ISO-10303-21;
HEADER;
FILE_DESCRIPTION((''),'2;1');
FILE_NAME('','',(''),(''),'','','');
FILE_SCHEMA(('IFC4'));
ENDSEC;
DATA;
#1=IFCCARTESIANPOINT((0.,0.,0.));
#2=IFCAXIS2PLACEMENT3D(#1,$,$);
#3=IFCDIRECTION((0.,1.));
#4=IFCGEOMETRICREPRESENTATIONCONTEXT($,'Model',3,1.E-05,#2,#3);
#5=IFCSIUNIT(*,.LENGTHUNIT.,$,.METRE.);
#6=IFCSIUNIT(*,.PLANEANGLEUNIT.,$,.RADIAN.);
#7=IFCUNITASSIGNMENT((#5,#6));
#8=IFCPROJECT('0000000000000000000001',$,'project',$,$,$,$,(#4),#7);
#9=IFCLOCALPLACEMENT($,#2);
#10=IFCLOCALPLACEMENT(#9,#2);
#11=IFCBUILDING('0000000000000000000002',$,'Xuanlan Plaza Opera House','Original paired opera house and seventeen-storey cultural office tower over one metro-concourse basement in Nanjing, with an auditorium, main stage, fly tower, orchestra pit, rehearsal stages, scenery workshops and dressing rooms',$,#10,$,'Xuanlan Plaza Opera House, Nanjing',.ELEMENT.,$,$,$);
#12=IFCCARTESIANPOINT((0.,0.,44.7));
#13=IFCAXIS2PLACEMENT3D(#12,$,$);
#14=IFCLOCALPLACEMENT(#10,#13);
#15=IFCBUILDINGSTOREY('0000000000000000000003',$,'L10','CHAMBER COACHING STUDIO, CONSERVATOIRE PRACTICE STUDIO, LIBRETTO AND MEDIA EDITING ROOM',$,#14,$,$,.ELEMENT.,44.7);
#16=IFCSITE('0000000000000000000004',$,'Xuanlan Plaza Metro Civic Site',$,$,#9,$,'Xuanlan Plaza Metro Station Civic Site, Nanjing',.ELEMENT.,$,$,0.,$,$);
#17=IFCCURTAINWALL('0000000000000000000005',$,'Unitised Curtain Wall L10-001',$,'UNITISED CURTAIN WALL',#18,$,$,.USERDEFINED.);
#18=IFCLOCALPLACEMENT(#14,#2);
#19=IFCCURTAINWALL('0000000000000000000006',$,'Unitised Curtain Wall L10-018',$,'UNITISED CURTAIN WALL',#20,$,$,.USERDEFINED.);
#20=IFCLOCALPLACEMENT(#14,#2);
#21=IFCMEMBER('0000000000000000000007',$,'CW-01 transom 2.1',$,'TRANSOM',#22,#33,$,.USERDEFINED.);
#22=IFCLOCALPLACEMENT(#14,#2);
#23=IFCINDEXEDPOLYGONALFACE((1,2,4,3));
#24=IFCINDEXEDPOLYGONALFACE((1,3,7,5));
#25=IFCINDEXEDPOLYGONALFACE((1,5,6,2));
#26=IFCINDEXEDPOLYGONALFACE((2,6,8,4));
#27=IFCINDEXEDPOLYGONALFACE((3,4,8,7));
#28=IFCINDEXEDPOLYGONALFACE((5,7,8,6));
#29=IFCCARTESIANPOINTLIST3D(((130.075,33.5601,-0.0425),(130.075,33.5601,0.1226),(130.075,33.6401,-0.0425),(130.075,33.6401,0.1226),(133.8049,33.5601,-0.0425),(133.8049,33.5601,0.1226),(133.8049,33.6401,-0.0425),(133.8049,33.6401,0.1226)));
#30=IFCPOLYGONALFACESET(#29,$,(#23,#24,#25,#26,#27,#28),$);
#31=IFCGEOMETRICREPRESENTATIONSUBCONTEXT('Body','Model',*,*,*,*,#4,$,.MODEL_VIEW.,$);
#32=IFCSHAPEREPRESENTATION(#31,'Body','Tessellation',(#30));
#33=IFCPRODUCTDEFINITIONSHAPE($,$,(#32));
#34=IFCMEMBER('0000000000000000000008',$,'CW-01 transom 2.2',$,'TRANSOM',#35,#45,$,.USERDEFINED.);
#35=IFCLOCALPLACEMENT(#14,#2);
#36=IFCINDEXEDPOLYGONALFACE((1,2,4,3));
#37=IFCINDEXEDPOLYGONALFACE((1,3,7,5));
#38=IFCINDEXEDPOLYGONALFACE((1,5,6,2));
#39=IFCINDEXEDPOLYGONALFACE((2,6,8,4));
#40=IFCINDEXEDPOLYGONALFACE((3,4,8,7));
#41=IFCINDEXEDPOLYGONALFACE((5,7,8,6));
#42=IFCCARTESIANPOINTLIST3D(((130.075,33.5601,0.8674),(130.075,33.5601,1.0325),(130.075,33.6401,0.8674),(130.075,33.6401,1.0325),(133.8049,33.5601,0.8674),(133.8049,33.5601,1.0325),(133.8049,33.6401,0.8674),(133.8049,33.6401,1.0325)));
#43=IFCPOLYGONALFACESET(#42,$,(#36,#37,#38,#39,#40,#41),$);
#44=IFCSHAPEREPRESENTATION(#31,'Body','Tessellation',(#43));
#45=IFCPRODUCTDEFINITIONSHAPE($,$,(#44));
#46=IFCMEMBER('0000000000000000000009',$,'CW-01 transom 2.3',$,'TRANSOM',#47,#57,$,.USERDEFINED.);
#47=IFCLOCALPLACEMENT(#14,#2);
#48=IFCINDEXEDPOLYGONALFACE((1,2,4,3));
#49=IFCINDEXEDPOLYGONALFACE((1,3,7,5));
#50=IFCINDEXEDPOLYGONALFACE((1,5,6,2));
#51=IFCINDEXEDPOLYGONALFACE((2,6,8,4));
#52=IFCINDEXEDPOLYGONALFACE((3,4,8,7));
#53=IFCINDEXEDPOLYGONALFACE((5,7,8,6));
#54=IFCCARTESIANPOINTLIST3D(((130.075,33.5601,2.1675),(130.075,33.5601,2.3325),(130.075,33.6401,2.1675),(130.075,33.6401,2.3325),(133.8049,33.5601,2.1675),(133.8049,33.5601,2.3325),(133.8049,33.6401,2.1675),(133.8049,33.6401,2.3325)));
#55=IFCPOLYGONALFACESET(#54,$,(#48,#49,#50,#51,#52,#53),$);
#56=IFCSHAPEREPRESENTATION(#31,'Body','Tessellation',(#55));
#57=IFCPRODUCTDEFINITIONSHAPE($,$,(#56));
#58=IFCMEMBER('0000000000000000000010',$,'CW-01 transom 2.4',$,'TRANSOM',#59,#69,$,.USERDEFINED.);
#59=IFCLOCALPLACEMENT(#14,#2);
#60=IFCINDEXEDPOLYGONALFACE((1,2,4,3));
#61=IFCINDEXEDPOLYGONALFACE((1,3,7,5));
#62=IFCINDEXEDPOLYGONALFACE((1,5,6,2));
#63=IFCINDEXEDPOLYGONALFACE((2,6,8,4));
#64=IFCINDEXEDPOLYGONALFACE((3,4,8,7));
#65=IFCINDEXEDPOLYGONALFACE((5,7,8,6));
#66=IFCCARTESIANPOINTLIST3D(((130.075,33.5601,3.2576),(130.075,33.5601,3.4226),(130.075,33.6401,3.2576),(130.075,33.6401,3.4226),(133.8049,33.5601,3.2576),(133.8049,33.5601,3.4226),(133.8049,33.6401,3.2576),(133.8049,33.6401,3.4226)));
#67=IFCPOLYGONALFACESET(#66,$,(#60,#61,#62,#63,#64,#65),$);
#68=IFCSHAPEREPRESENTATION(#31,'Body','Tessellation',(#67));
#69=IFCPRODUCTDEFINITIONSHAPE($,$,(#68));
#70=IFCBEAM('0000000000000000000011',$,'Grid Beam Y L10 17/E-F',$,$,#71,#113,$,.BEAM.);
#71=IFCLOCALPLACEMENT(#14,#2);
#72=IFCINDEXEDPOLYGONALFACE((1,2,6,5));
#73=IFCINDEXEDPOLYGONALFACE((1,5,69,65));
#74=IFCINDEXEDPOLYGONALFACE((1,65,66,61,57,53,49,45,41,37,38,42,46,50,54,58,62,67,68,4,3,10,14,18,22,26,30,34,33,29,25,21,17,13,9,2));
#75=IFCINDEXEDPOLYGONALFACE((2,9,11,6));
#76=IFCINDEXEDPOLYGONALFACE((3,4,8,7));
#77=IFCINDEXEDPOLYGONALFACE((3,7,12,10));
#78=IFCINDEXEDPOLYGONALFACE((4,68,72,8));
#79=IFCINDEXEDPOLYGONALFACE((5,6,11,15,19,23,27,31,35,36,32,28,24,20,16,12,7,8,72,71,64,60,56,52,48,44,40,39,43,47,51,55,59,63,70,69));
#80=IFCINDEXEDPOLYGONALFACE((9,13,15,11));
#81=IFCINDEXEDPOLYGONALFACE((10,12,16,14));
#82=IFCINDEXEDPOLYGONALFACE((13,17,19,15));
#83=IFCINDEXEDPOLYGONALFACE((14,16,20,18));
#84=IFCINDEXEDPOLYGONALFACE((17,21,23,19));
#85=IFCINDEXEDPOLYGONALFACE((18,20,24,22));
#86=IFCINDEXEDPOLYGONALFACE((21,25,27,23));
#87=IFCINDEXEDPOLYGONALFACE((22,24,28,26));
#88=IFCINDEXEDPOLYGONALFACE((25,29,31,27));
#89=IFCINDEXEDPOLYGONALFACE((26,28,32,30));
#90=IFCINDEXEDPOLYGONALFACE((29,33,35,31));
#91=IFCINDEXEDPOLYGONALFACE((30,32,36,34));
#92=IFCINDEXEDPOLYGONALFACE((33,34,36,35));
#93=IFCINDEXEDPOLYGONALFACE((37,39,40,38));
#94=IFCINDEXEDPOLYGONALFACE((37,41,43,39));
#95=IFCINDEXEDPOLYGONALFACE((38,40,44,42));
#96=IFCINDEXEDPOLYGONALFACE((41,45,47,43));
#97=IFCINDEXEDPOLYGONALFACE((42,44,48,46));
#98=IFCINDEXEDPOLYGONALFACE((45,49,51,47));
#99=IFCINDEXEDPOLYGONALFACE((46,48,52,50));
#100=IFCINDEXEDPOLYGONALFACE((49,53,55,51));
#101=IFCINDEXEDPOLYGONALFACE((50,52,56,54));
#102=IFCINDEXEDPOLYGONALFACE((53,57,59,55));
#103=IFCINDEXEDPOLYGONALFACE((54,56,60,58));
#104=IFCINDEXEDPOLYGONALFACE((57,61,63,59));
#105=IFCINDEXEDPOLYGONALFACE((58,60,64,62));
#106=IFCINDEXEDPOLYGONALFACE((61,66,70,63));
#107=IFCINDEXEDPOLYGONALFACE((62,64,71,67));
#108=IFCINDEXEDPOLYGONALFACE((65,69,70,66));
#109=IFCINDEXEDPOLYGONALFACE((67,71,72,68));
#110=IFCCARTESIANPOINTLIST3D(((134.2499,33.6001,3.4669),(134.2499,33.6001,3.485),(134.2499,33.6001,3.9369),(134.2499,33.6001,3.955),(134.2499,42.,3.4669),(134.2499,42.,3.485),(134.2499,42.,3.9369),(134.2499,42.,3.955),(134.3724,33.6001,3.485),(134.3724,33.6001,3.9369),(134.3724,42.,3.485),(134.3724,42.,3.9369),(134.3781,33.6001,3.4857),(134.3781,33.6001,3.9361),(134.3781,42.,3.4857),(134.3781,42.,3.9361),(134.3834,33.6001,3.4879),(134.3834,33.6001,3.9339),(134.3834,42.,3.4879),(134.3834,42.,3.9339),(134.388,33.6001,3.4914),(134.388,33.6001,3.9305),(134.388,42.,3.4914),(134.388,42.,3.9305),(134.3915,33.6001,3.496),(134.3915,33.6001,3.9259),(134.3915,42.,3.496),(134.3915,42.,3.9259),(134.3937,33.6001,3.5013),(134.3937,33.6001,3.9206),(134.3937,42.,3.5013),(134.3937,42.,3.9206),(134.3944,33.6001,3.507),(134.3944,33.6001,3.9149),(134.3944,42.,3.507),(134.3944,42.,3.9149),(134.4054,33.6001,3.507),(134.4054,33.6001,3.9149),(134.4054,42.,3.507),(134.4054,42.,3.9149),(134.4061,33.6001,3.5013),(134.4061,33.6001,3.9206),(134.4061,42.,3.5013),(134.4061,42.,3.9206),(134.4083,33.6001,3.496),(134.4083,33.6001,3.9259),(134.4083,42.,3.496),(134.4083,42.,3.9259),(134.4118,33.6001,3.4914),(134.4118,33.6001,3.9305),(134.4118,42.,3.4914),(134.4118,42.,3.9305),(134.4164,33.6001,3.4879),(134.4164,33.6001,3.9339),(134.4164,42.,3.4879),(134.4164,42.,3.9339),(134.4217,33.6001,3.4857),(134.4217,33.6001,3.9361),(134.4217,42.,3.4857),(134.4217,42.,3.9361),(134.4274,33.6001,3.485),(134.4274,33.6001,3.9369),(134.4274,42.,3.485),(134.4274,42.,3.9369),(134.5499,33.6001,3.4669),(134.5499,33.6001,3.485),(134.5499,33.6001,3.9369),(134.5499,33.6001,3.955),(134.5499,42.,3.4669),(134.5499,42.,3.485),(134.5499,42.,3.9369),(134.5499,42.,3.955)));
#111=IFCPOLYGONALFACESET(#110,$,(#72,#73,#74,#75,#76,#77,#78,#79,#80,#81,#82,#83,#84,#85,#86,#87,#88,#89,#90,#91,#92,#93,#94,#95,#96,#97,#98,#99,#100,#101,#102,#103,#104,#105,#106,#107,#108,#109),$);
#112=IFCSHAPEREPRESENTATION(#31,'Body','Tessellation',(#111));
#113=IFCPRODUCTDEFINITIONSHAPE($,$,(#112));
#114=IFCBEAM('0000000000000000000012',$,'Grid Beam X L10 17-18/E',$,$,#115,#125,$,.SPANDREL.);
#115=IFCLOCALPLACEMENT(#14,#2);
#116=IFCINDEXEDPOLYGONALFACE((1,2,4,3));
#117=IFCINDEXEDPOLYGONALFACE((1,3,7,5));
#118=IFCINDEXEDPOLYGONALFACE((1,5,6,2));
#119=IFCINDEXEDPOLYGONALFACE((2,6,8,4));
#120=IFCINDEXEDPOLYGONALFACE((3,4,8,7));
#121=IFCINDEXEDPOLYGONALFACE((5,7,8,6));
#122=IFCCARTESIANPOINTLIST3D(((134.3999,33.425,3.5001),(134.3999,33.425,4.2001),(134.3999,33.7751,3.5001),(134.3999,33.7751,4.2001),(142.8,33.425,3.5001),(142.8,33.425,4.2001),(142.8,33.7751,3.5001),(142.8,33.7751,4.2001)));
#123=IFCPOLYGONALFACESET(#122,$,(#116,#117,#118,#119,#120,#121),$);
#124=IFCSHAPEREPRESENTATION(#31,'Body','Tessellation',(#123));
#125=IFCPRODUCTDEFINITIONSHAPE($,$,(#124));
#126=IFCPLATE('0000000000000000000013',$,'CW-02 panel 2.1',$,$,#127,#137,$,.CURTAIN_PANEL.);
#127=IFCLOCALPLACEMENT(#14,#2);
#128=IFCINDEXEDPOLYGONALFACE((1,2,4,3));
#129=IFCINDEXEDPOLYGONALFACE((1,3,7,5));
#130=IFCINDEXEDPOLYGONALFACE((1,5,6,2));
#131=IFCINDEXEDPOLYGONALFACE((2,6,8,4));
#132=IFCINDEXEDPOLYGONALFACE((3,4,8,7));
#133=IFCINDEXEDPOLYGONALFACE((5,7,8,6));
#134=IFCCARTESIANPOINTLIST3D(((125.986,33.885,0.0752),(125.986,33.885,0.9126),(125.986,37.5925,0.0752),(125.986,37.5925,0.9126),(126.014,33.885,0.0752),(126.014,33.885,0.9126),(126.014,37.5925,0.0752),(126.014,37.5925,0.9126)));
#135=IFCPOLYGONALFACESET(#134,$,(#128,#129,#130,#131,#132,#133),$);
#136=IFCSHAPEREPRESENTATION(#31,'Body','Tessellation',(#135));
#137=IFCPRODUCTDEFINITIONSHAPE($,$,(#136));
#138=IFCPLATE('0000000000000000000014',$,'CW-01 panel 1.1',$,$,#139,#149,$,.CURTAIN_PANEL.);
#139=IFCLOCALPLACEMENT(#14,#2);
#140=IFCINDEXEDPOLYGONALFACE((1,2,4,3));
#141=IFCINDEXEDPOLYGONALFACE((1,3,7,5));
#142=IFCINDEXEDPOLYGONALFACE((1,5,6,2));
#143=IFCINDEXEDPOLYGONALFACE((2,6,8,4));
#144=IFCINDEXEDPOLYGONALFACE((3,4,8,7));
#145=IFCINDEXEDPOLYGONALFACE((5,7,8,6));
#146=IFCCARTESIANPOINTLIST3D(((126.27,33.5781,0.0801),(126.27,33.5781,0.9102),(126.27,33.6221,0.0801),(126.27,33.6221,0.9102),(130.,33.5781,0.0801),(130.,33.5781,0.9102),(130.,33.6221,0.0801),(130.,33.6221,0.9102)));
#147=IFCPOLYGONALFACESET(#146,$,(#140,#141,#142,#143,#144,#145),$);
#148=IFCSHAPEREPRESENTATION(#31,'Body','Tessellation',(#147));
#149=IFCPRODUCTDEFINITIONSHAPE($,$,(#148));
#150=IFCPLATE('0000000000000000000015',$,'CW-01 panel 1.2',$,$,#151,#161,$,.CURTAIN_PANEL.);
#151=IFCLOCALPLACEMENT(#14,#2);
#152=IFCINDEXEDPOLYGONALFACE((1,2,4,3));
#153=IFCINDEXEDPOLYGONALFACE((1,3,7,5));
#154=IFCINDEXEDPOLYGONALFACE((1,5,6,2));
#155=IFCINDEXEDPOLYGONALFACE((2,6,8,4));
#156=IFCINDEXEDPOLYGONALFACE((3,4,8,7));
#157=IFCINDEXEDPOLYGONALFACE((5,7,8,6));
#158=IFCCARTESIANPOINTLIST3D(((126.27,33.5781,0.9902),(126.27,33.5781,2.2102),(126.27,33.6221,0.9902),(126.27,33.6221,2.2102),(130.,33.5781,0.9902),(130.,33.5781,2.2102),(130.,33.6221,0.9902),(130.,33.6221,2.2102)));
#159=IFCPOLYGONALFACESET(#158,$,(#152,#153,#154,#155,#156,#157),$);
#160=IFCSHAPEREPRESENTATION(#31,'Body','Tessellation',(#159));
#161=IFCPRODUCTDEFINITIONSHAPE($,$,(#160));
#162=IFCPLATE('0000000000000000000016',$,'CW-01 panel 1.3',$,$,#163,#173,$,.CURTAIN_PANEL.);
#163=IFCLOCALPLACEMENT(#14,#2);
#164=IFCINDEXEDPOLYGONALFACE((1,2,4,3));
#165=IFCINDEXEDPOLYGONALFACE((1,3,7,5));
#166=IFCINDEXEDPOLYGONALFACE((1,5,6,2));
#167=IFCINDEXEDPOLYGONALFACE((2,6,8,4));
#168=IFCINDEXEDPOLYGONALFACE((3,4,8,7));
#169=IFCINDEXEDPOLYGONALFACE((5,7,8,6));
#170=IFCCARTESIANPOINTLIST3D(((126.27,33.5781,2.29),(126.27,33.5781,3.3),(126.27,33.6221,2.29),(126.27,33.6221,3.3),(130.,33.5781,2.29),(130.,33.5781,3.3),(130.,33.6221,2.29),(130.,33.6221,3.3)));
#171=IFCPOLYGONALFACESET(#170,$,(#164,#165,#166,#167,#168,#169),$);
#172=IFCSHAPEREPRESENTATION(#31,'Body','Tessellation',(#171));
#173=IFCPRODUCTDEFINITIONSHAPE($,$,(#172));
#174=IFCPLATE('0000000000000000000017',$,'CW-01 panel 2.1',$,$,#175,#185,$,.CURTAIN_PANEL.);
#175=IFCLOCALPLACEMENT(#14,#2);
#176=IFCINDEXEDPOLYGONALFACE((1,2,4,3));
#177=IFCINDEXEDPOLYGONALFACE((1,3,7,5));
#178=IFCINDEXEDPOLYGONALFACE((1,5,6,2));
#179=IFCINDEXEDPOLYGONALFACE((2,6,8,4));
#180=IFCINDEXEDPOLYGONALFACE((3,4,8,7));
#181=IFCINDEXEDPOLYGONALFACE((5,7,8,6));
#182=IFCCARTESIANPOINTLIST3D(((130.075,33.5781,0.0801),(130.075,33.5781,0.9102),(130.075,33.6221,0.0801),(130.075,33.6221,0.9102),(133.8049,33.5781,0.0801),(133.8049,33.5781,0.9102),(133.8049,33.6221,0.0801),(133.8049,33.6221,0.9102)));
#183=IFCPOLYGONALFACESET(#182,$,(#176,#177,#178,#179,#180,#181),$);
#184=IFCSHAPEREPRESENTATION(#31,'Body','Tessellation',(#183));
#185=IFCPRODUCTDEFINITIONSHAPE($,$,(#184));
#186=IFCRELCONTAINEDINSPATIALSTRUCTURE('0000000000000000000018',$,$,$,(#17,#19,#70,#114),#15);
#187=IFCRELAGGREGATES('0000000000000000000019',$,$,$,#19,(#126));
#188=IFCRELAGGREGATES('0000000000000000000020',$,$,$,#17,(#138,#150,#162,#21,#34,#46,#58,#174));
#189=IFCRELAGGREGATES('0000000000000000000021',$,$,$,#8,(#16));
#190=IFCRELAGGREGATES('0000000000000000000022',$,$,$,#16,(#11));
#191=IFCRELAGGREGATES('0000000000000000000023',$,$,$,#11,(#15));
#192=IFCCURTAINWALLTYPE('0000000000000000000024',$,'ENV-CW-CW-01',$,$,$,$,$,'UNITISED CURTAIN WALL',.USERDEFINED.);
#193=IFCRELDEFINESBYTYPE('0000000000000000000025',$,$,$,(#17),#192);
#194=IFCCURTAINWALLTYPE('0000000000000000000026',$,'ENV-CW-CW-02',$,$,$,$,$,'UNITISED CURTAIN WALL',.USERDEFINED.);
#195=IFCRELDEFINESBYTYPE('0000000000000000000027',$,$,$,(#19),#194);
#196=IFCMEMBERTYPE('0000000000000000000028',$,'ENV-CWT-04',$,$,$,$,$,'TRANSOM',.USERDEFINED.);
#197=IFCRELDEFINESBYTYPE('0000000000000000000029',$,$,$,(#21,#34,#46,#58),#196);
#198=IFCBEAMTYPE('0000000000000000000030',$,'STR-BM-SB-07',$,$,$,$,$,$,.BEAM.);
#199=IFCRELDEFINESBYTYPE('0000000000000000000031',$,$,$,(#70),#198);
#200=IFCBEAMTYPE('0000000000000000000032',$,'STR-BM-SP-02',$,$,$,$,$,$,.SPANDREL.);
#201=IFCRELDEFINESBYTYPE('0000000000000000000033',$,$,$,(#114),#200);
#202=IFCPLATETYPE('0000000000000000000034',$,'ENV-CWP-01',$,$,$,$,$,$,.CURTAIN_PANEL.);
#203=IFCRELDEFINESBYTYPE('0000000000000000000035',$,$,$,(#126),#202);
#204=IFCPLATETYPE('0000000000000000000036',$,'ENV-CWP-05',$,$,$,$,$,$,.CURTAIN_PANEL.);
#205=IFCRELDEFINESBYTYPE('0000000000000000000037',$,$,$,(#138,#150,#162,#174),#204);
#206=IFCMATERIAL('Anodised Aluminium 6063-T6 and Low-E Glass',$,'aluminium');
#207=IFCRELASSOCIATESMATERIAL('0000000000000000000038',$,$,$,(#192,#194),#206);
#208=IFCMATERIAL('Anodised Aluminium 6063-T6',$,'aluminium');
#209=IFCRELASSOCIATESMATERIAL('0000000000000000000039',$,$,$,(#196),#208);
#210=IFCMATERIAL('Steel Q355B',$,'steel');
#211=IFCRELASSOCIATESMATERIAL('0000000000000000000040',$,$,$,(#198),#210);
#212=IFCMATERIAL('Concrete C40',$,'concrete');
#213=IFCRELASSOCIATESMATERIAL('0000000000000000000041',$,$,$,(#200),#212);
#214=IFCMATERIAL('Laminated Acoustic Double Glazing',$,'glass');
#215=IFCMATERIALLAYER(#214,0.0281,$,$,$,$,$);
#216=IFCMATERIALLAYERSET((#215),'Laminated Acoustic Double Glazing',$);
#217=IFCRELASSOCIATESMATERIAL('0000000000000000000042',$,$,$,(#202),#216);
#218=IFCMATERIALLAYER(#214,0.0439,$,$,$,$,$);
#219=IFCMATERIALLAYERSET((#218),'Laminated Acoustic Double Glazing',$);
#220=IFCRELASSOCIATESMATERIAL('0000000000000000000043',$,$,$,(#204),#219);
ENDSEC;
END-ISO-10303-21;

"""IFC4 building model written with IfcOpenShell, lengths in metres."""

from ifc_helpers import new_model, si_unit, direction, frame, origin, origin_2d, place, context, subcontext, project, spatial, rectangle, i_section, extrude, material, layer, layer_set, material_profile, profile_set, type_object, element, aggregate, save


model = new_model("IFC4")

# Units and contexts
model_context = context("Model", 3, precision=1e-05, world=origin(), true_north=direction((0.0, 1.0)))
body_context = subcontext(model_context, "Body", "Model", "MODEL_VIEW")
ifc_project = project(units=[si_unit("LENGTHUNIT", "METRE"), si_unit("PLANEANGLEUNIT", "RADIAN")], contexts=[model_context])

# Site, building, storey
site_placement = place(None, origin())
site = spatial("IfcSite", under=ifc_project, at=site_placement, Name="Xuanlan Plaza Metro Civic Site", LongName="Xuanlan Plaza Metro Station Civic Site, Nanjing", CompositionType="ELEMENT", RefElevation=0.0)
building_placement = place(site_placement, origin())
building = spatial("IfcBuilding", under=site, at=building_placement, Name="Xuanlan Plaza Opera House", Description="Original paired opera house and seventeen-storey cultural office tower over one metro-concourse basement in Nanjing, with an auditorium, main stage, fly tower, orchestra pit, rehearsal stages, scenery workshops and dressing rooms", LongName="Xuanlan Plaza Opera House, Nanjing", CompositionType="ELEMENT")
storey_placement = place(building_placement, frame((0.0, 0.0, 44.7)))
storey = spatial("IfcBuildingStorey", under=building, at=storey_placement, Name="L10", Description="CHAMBER COACHING STUDIO, CONSERVATOIRE PRACTICE STUDIO, LIBRETTO AND MEDIA EDITING ROOM", CompositionType="ELEMENT", Elevation=44.7)

# Curtain wall
ifc_material_1 = material(Name="Anodised Aluminium 6063-T6 and Low-E Glass", Category="aluminium")
curtain_wall_type_1 = type_object("IfcCurtainWallType", Name="ENV-CW-CW-01", ElementType="UNITISED CURTAIN WALL", PredefinedType="USERDEFINED", material=ifc_material_1)
curtain_wall_1_placement = place(storey_placement, origin())
curtain_wall_1 = element("IfcCurtainWall", 1, at=curtain_wall_1_placement, inside=storey, type_object=curtain_wall_type_1, Name="Unitised Curtain Wall L10-001", ObjectType="UNITISED CURTAIN WALL", PredefinedType="USERDEFINED")
ifc_material_2 = material(Name="Anodised Aluminium 6063-T6", Category="aluminium")

# Curtain wall
curtain_wall_type_2 = type_object("IfcCurtainWallType", Name="ENV-CW-CW-02", ElementType="UNITISED CURTAIN WALL", PredefinedType="USERDEFINED", material=ifc_material_1)
curtain_wall_2_placement = place(storey_placement, origin())
curtain_wall_2 = element("IfcCurtainWall", 2, at=curtain_wall_2_placement, inside=storey, type_object=curtain_wall_type_2, Name="Unitised Curtain Wall L10-018", ObjectType="UNITISED CURTAIN WALL", PredefinedType="USERDEFINED")

# Members
ifc_material_profile_1 = material_profile(ifc_material_2, rectangle(XDim=0.0801, YDim=0.165, at=origin_2d()), Name="ALU-T 80x165")
ifc_profile_set_1 = profile_set([ifc_material_profile_1], Name="Anodised Aluminium 6063-T6")
member_type_1 = type_object("IfcMemberType", Name="ENV-CWT-04", ElementType="TRANSOM", PredefinedType="USERDEFINED", material=ifc_profile_set_1)
member_1_placement = place(storey_placement, frame((130.075, 33.6001, 0.04), z_axis=(1.0, 0.0, 0.0), x_axis=(0.0, 1.0, 0.0)))
member_1 = element("IfcMember", 3, at=member_1_placement, type_object=member_type_1, Name="CW-01 transom 2.1", ObjectType="TRANSOM", PredefinedType="USERDEFINED", context=body_context, shape_type="SweptSolid", body=[
    extrude(rectangle(XDim=0.0801, YDim=0.165, at=origin_2d()), origin(), (0.0, 0.0, 1.0), 3.73),
])
member_2_placement = place(storey_placement, frame((130.075, 33.6001, 0.95), z_axis=(1.0, 0.0, 0.0), x_axis=(0.0, 1.0, 0.0)))
member_2 = element("IfcMember", 4, at=member_2_placement, type_object=member_type_1, Name="CW-01 transom 2.2", ObjectType="TRANSOM", PredefinedType="USERDEFINED", context=body_context, shape_type="SweptSolid", body=[
    extrude(rectangle(XDim=0.0801, YDim=0.165, at=origin_2d()), origin(), (0.0, 0.0, 1.0), 3.73),
])
member_3_placement = place(storey_placement, frame((130.075, 33.6001, 2.25), z_axis=(1.0, 0.0, 0.0), x_axis=(0.0, 1.0, 0.0)))
member_3 = element("IfcMember", 5, at=member_3_placement, type_object=member_type_1, Name="CW-01 transom 2.3", ObjectType="TRANSOM", PredefinedType="USERDEFINED", context=body_context, shape_type="SweptSolid", body=[
    extrude(rectangle(XDim=0.0801, YDim=0.165, at=origin_2d()), origin(), (0.0, 0.0, 1.0), 3.73),
])
member_4_placement = place(storey_placement, frame((130.075, 33.6001, 3.3401), z_axis=(1.0, 0.0, 0.0), x_axis=(0.0, 1.0, 0.0)))
member_4 = element("IfcMember", 6, at=member_4_placement, type_object=member_type_1, Name="CW-01 transom 2.4", ObjectType="TRANSOM", PredefinedType="USERDEFINED", context=body_context, shape_type="SweptSolid", body=[
    extrude(rectangle(XDim=0.0801, YDim=0.165, at=origin_2d()), origin(), (0.0, 0.0, 1.0), 3.73),
])

# Beams
ifc_material_3 = material(Name="Steel Q355B", Category="steel")
ifc_material_profile_2 = material_profile(ifc_material_3, i_section(OverallWidth=0.3, OverallDepth=0.488, WebThickness=0.011, FlangeThickness=0.0181, FilletRadius=0.022, at=origin_2d()), Name="HM 488x300x11x18")
ifc_profile_set_2 = profile_set([ifc_material_profile_2], Name="Steel Q355B")
beam_type_1 = type_object("IfcBeamType", Name="STR-BM-SB-07", PredefinedType="BEAM", material=ifc_profile_set_2)
beam_1_placement = place(storey_placement, frame((134.3999, 33.6001, 3.7109), z_axis=(0.0, 1.0, 0.0), x_axis=(-1.0, 0.0, 0.0)))
element("IfcBeam", 7, at=beam_1_placement, inside=storey, type_object=beam_type_1, Name="Grid Beam Y L10 17/E-F", PredefinedType="BEAM", context=body_context, shape_type="SweptSolid", body=[
    extrude(i_section(OverallWidth=0.3, OverallDepth=0.488, WebThickness=0.011, FlangeThickness=0.0181, FilletRadius=0.022, at=origin_2d()), origin(), (0.0, 0.0, 1.0), 8.3999),
])
ifc_material_4 = material(Name="Concrete C40", Category="concrete")
ifc_material_profile_3 = material_profile(ifc_material_4, rectangle(XDim=0.3501, YDim=0.7, at=origin_2d()), Name="RC-SPD 350x700")
ifc_profile_set_3 = profile_set([ifc_material_profile_3], Name="Concrete C40")
beam_type_2 = type_object("IfcBeamType", Name="STR-BM-SP-02", PredefinedType="SPANDREL", material=ifc_profile_set_3)
beam_2_placement = place(storey_placement, frame((134.3999, 33.6001, 3.8501), z_axis=(1.0, 0.0, 0.0), x_axis=(0.0, 1.0, 0.0)))
element("IfcBeam", 8, at=beam_2_placement, inside=storey, type_object=beam_type_2, Name="Grid Beam X L10 17-18/E", PredefinedType="SPANDREL", context=body_context, shape_type="SweptSolid", body=[
    extrude(rectangle(XDim=0.3501, YDim=0.7, at=origin_2d()), origin(), (0.0, 0.0, 1.0), 8.4001),
])

# Plates
ifc_material_5 = material(Name="Laminated Acoustic Double Glazing", Category="glass")
ifc_layer_1 = layer(ifc_material_5, 0.0281)
ifc_layer_set_1 = layer_set([ifc_layer_1], Name="Laminated Acoustic Double Glazing")
plate_type_1 = type_object("IfcPlateType", Name="ENV-CWP-01", PredefinedType="CURTAIN_PANEL", material=ifc_layer_set_1)
plate_1_placement = place(storey_placement, frame((126.0, 35.7388, 0.0752), z_axis=(0.0, 0.0, 1.0), x_axis=(0.0, -1.0, 0.0)))
plate_1 = element("IfcPlate", 9, at=plate_1_placement, type_object=plate_type_1, Name="CW-02 panel 2.1", PredefinedType="CURTAIN_PANEL", context=body_context, shape_type="SweptSolid", body=[
    extrude(rectangle(XDim=3.7075, YDim=0.0281, at=origin_2d()), origin(), (0.0, 0.0, 1.0), 0.8374),
])
aggregate(curtain_wall_2, [plate_1])
ifc_layer_2 = layer(ifc_material_5, 0.0439)
ifc_layer_set_2 = layer_set([ifc_layer_2], Name="Laminated Acoustic Double Glazing")
plate_type_2 = type_object("IfcPlateType", Name="ENV-CWP-05", PredefinedType="CURTAIN_PANEL", material=ifc_layer_set_2)
plate_2_placement = place(storey_placement, frame((128.135, 33.6001, 0.0801), z_axis=(0.0, 0.0, 1.0), x_axis=(1.0, 0.0, 0.0)))
plate_2 = element("IfcPlate", 10, at=plate_2_placement, type_object=plate_type_2, Name="CW-01 panel 1.1", PredefinedType="CURTAIN_PANEL", context=body_context, shape_type="SweptSolid", body=[
    extrude(rectangle(XDim=3.73, YDim=0.0439, at=origin_2d()), origin(), (0.0, 0.0, 1.0), 0.8301),
])
plate_3_placement = place(storey_placement, frame((128.135, 33.6001, 0.9902), z_axis=(0.0, 0.0, 1.0), x_axis=(1.0, 0.0, 0.0)))
plate_3 = element("IfcPlate", 11, at=plate_3_placement, type_object=plate_type_2, Name="CW-01 panel 1.2", PredefinedType="CURTAIN_PANEL", context=body_context, shape_type="SweptSolid", body=[
    extrude(rectangle(XDim=3.73, YDim=0.0439, at=origin_2d()), origin(), (0.0, 0.0, 1.0), 1.22),
])
plate_4_placement = place(storey_placement, frame((128.135, 33.6001, 2.29), z_axis=(0.0, 0.0, 1.0), x_axis=(1.0, 0.0, 0.0)))
plate_4 = element("IfcPlate", 12, at=plate_4_placement, type_object=plate_type_2, Name="CW-01 panel 1.3", PredefinedType="CURTAIN_PANEL", context=body_context, shape_type="SweptSolid", body=[
    extrude(rectangle(XDim=3.73, YDim=0.0439, at=origin_2d()), origin(), (0.0, 0.0, 1.0), 1.01),
])
plate_5_placement = place(storey_placement, frame((131.9399, 33.6001, 0.0801), z_axis=(0.0, 0.0, 1.0), x_axis=(1.0, 0.0, 0.0)))
plate_5 = element("IfcPlate", 13, at=plate_5_placement, type_object=plate_type_2, Name="CW-01 panel 2.1", PredefinedType="CURTAIN_PANEL", context=body_context, shape_type="SweptSolid", body=[
    extrude(rectangle(XDim=3.73, YDim=0.0439, at=origin_2d()), origin(), (0.0, 0.0, 1.0), 0.8301),
])
aggregate(curtain_wall_1, [plate_2, plate_3, plate_4, member_1, member_2, member_3, member_4, plate_5])

save(model, "model.ifc")
